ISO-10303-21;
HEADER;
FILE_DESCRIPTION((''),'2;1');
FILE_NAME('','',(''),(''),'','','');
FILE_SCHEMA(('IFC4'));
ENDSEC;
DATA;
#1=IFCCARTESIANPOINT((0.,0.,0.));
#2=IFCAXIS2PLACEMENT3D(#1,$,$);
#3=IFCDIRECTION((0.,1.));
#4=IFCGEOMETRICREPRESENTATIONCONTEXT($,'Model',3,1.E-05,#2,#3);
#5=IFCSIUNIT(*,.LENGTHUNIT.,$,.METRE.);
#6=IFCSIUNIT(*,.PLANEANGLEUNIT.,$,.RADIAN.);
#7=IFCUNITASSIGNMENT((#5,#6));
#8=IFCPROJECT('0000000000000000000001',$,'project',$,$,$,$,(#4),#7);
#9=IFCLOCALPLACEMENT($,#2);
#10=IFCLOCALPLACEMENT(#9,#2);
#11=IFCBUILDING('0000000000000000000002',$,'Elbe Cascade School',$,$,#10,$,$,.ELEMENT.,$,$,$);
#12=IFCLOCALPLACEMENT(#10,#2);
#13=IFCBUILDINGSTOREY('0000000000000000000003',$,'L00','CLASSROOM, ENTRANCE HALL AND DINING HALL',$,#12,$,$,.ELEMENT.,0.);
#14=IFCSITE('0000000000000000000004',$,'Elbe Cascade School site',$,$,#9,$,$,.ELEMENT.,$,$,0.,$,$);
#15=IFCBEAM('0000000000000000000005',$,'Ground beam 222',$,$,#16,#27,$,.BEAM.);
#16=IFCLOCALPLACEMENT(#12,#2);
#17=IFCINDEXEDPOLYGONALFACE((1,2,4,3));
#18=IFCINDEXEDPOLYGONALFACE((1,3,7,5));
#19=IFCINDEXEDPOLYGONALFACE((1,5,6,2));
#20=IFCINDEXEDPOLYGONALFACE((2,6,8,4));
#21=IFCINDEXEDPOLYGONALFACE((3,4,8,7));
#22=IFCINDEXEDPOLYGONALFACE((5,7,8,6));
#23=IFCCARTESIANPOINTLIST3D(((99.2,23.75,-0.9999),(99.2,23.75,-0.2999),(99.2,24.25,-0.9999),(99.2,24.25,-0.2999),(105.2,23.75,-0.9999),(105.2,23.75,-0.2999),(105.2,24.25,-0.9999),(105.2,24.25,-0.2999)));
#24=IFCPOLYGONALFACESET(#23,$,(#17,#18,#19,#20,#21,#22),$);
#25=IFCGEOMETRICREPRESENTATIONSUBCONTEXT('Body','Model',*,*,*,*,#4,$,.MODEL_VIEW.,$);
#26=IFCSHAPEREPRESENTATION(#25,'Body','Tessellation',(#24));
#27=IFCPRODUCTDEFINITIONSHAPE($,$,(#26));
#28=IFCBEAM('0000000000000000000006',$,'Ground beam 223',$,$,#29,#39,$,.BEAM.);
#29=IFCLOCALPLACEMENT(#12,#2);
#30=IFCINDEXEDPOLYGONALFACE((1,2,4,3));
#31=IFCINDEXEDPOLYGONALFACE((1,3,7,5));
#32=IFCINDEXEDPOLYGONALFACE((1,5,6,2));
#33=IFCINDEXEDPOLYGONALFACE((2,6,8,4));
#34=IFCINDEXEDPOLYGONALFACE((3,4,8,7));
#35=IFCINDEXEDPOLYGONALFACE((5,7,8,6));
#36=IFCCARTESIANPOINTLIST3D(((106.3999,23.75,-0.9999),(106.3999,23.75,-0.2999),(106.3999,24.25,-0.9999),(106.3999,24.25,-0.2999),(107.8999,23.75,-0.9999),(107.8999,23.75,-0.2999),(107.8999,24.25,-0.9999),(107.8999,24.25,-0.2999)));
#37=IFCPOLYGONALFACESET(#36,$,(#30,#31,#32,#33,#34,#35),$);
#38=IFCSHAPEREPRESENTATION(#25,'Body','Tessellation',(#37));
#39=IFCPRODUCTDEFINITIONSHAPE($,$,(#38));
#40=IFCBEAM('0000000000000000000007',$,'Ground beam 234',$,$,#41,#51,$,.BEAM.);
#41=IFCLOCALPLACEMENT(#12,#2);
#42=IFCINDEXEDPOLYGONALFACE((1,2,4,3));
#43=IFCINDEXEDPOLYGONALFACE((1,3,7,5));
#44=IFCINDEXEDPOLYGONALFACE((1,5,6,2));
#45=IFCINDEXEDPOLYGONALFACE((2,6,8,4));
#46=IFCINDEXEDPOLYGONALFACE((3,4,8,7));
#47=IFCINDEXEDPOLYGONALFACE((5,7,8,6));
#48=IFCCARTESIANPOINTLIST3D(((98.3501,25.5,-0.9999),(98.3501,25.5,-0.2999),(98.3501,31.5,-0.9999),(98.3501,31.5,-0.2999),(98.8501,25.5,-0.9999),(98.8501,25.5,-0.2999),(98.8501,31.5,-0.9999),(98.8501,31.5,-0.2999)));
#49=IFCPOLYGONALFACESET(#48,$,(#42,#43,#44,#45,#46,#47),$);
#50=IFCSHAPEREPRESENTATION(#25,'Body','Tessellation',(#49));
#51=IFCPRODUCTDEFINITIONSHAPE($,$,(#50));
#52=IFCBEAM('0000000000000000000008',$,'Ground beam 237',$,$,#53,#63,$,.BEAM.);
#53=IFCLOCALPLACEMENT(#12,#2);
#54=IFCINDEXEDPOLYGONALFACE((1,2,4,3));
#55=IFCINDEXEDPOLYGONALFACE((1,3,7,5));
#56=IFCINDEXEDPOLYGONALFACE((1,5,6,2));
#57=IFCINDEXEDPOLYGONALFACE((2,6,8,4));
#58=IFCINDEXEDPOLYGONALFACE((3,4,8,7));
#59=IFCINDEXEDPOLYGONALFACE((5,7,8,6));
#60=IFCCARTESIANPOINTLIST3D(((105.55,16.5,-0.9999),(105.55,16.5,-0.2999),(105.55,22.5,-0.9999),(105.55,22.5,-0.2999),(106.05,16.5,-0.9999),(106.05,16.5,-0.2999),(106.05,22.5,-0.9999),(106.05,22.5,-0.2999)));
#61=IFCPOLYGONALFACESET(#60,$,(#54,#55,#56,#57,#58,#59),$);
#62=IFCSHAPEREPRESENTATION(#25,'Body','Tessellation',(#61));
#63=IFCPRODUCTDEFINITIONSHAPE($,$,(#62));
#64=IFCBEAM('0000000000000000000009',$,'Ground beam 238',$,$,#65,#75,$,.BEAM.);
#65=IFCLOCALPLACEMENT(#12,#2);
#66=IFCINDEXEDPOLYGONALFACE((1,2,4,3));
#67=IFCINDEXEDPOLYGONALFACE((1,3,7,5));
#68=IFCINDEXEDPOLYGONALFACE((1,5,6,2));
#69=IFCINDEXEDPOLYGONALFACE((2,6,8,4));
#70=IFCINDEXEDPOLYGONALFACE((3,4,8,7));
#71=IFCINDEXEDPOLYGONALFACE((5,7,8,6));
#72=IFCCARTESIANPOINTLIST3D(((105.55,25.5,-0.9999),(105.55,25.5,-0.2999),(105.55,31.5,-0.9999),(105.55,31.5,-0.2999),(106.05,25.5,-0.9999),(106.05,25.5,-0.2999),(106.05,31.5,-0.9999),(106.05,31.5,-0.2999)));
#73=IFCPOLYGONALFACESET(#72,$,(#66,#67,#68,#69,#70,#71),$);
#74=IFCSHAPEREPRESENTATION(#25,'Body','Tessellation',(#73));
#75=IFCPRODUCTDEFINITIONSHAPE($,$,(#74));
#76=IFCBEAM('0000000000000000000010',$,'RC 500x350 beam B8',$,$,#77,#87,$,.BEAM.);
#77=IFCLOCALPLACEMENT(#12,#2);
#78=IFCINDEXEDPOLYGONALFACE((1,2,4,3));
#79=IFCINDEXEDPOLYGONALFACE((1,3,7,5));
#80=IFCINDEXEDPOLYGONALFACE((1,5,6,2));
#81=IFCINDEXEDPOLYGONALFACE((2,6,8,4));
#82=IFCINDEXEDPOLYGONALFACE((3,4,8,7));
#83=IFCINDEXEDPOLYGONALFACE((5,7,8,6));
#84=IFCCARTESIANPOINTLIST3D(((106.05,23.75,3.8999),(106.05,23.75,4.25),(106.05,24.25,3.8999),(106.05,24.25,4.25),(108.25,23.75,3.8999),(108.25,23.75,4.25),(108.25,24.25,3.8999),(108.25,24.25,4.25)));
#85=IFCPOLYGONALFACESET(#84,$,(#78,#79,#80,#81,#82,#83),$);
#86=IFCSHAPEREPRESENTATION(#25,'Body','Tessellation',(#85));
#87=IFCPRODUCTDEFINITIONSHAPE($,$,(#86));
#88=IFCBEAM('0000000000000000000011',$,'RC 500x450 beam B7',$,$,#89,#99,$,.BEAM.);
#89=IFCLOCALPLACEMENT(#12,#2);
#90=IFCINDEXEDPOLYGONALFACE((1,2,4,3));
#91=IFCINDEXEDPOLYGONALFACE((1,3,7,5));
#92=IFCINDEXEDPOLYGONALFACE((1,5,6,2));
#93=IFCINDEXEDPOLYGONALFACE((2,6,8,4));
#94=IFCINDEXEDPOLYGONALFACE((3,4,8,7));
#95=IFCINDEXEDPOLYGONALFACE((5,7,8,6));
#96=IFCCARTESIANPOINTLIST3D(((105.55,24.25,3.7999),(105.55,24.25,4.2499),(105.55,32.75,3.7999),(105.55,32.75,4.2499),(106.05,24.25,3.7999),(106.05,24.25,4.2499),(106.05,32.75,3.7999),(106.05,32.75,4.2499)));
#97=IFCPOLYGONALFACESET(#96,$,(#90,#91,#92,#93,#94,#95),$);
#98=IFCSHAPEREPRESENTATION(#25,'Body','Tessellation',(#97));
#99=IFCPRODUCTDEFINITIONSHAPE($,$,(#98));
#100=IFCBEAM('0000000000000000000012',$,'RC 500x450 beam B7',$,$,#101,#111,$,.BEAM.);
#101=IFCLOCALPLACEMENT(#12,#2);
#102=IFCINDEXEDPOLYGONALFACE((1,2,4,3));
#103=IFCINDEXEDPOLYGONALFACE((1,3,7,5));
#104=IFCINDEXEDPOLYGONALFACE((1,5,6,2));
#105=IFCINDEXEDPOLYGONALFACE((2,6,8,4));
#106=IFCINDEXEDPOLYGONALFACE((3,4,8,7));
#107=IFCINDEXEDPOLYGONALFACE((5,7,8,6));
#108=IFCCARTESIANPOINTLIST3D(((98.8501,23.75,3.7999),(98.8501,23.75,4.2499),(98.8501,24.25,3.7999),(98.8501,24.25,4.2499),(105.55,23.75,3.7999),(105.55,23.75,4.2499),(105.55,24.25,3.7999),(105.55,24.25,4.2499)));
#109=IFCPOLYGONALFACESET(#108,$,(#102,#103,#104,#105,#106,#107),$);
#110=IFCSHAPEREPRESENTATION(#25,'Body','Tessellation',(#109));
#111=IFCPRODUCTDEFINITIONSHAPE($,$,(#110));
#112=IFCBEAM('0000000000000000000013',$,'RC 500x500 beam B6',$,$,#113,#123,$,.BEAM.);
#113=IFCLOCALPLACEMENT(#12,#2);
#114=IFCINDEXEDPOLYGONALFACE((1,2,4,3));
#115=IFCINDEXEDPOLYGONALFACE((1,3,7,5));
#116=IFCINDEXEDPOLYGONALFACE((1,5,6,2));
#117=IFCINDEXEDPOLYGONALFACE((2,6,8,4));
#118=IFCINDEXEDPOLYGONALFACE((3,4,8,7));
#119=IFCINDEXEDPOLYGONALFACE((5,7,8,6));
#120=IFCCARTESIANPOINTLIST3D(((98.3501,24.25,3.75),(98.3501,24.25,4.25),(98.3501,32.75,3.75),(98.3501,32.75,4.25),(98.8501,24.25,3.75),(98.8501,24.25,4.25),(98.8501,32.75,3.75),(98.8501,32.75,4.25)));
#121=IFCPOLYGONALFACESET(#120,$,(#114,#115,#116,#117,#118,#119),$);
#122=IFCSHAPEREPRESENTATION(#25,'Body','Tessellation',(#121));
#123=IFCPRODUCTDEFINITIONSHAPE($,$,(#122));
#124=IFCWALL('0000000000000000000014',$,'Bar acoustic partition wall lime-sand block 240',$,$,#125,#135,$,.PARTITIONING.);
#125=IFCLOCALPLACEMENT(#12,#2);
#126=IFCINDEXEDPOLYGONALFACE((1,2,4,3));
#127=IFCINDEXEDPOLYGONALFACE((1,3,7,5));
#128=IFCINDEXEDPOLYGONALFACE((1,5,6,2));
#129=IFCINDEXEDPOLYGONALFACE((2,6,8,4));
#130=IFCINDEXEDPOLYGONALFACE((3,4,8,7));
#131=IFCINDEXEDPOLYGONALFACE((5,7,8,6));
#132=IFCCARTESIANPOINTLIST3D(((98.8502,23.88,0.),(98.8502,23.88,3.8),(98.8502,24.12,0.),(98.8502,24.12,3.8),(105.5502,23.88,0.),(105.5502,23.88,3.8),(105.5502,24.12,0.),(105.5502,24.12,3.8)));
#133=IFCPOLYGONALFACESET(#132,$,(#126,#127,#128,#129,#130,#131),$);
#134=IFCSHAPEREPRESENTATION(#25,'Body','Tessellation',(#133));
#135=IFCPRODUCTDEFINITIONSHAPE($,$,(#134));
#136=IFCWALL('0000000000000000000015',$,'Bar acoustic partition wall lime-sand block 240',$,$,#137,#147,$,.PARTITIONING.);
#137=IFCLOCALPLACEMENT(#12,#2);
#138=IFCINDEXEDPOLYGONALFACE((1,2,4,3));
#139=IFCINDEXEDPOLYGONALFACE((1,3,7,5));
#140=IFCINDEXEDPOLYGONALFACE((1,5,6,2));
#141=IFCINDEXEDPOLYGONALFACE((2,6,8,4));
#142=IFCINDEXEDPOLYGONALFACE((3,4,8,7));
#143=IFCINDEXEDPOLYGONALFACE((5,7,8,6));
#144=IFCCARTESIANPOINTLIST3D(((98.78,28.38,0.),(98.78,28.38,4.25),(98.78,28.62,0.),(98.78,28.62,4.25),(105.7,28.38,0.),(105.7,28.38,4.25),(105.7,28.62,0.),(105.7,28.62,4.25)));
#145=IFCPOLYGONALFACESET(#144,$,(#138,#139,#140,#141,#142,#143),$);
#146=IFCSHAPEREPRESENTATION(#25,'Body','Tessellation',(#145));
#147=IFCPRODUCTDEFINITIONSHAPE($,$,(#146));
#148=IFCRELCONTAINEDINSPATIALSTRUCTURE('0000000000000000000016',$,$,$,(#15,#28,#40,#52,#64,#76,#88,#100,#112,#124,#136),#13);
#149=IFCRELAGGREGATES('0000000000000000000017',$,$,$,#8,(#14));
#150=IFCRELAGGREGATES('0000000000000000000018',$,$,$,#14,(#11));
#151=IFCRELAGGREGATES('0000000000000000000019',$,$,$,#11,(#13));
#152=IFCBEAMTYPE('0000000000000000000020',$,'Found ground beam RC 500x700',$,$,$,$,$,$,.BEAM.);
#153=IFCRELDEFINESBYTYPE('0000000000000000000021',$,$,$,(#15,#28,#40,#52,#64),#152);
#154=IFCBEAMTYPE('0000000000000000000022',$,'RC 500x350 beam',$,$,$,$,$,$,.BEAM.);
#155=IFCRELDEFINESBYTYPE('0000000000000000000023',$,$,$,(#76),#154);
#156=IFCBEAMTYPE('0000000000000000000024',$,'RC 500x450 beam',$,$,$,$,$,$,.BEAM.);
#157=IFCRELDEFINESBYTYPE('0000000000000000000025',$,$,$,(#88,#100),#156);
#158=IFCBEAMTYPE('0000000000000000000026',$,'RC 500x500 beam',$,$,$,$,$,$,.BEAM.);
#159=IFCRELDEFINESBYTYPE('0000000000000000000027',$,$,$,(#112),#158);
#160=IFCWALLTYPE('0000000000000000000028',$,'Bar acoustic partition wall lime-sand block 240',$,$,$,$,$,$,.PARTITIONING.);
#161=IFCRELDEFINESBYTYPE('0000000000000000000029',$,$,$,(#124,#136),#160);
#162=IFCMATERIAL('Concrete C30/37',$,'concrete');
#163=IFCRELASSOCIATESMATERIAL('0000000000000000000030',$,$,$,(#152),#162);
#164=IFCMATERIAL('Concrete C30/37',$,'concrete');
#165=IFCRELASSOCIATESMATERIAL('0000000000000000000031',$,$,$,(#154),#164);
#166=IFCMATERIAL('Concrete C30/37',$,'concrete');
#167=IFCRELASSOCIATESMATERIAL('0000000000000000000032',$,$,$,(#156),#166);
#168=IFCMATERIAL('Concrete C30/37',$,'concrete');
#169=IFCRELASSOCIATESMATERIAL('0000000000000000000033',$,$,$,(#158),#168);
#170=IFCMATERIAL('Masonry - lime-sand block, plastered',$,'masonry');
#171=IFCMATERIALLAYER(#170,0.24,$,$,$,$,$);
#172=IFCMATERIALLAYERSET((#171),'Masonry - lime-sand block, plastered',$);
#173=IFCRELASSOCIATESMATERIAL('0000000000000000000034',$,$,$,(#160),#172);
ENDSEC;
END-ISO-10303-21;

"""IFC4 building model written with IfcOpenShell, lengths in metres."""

from ifc_helpers import new_model, si_unit, direction, frame, frame_2d, origin, origin_2d, place, context, subcontext, project, spatial, rectangle, extrude, material, layer, layer_set, material_profile, profile_set, type_object, element, save


model = new_model("IFC4")

# Units and contexts
model_context = context("Model", 3, precision=1e-05, world=origin(), true_north=direction((0.0, 1.0)))
body_context = subcontext(model_context, "Body", "Model", "MODEL_VIEW")
ifc_project = project(units=[si_unit("LENGTHUNIT", "METRE"), si_unit("PLANEANGLEUNIT", "RADIAN")], contexts=[model_context])

# Site, building, storey
site_placement = place(None, origin())
site = spatial("IfcSite", under=ifc_project, at=site_placement, Name="Elbe Cascade School site", CompositionType="ELEMENT", RefElevation=0.0)
building_placement = place(site_placement, origin())
building = spatial("IfcBuilding", under=site, at=building_placement, Name="Elbe Cascade School", CompositionType="ELEMENT")
storey_placement = place(building_placement, origin())
storey = spatial("IfcBuildingStorey", under=building, at=storey_placement, Name="L00", Description="CLASSROOM, ENTRANCE HALL AND DINING HALL", CompositionType="ELEMENT", Elevation=0.0)

# Beams
ifc_material_1 = material(Name="Concrete C30/37", Category="concrete")
ifc_material_profile_1 = material_profile(ifc_material_1, rectangle(XDim=0.5, YDim=0.7, at=origin_2d()), Name="RC 500x700")
ifc_profile_set_1 = profile_set([ifc_material_profile_1], Name="Concrete C30/37")
beam_type_1 = type_object("IfcBeamType", Name="Found ground beam RC 500x700", PredefinedType="BEAM", material=ifc_profile_set_1)
beam_1_placement = place(storey_placement, frame((99.2, 24.0, -0.6499), z_axis=(1.0, 0.0, 0.0), x_axis=(0.0, 1.0, 0.0)))
element("IfcBeam", 1, at=beam_1_placement, inside=storey, type_object=beam_type_1, Name="Ground beam 222", PredefinedType="BEAM", context=body_context, shape_type="SweptSolid", body=[
    extrude(rectangle(XDim=0.5, YDim=0.7, at=origin_2d()), origin(), (0.0, 0.0, 1.0), 6.0),
])
beam_2_placement = place(storey_placement, frame((106.3999, 24.0, -0.6499), z_axis=(1.0, 0.0, 0.0), x_axis=(0.0, 1.0, 0.0)))
element("IfcBeam", 2, at=beam_2_placement, inside=storey, type_object=beam_type_1, Name="Ground beam 223", PredefinedType="BEAM", context=body_context, shape_type="SweptSolid", body=[
    extrude(rectangle(XDim=0.5, YDim=0.7, at=origin_2d()), origin(), (0.0, 0.0, 1.0), 1.5),
])
for number, where, z_axis, x_axis, name in (
    (3, (98.6001, 25.5, -0.6499), (0.0, 1.0, 0.0), (-1.0, 0.0, 0.0), "Ground beam 234"),
    (4, (105.8, 16.5, -0.6499), (0.0, 1.0, 0.0), (-1.0, 0.0, 0.0), "Ground beam 237"),
    (5, (105.8, 25.5, -0.6499), (0.0, 1.0, 0.0), (-1.0, 0.0, 0.0), "Ground beam 238"),
):
    element("IfcBeam", number, at=place(storey_placement, frame(where, z_axis=z_axis, x_axis=x_axis)), inside=storey, type_object=beam_type_1, Name=name, PredefinedType="BEAM", context=body_context, shape_type="SweptSolid", body=[
        extrude(rectangle(XDim=0.5, YDim=0.7, at=origin_2d()), origin(), (0.0, 0.0, 1.0), 6.0),
    ])
ifc_material_2 = material(Name="Concrete C30/37", Category="concrete")
ifc_material_profile_2 = material_profile(ifc_material_2, rectangle(XDim=0.5, YDim=0.3501, at=origin_2d()), Name="RC 500x350")
ifc_profile_set_2 = profile_set([ifc_material_profile_2], Name="Concrete C30/37")
beam_type_2 = type_object("IfcBeamType", Name="RC 500x350 beam", PredefinedType="BEAM", material=ifc_profile_set_2)
beam_3_placement = place(storey_placement, frame((106.05, 24.0, 4.075), z_axis=(1.0, 0.0, 0.0), x_axis=(0.0, 1.0, 0.0)))
element("IfcBeam", 6, at=beam_3_placement, inside=storey, type_object=beam_type_2, Name="RC 500x350 beam B8", PredefinedType="BEAM", context=body_context, shape_type="SweptSolid", body=[
    extrude(rectangle(XDim=0.5, YDim=0.3501, at=origin_2d()), origin(), (0.0, 0.0, 1.0), 2.2),
])
ifc_material_3 = material(Name="Concrete C30/37", Category="concrete")
ifc_material_profile_3 = material_profile(ifc_material_3, rectangle(XDim=0.5, YDim=0.45, at=origin_2d()), Name="RC 500x450")
ifc_profile_set_3 = profile_set([ifc_material_profile_3], Name="Concrete C30/37")
beam_type_3 = type_object("IfcBeamType", Name="RC 500x450 beam", PredefinedType="BEAM", material=ifc_profile_set_3)
beam_4_placement = place(storey_placement, frame((105.8, 24.25, 4.0249), z_axis=(0.0, 1.0, 0.0), x_axis=(-1.0, 0.0, 0.0)))
element("IfcBeam", 7, at=beam_4_placement, inside=storey, type_object=beam_type_3, Name="RC 500x450 beam B7", PredefinedType="BEAM", context=body_context, shape_type="SweptSolid", body=[
    extrude(rectangle(XDim=0.5, YDim=0.45, at=origin_2d()), origin(), (0.0, 0.0, 1.0), 8.5),
])
beam_5_placement = place(storey_placement, frame((98.8501, 24.0, 4.0249), z_axis=(1.0, 0.0, 0.0), x_axis=(0.0, 1.0, 0.0)))
element("IfcBeam", 8, at=beam_5_placement, inside=storey, type_object=beam_type_3, Name="RC 500x450 beam B7", PredefinedType="BEAM", context=body_context, shape_type="SweptSolid", body=[
    extrude(rectangle(XDim=0.5, YDim=0.45, at=origin_2d()), origin(), (0.0, 0.0, 1.0), 6.7),
])
ifc_material_4 = material(Name="Concrete C30/37", Category="concrete")
ifc_material_profile_4 = material_profile(ifc_material_4, rectangle(XDim=0.5, YDim=0.5, at=origin_2d()), Name="RC 500x500")
ifc_profile_set_4 = profile_set([ifc_material_profile_4], Name="Concrete C30/37")
beam_type_4 = type_object("IfcBeamType", Name="RC 500x500 beam", PredefinedType="BEAM", material=ifc_profile_set_4)
beam_6_placement = place(storey_placement, frame((98.6001, 24.25, 4.0), z_axis=(0.0, 1.0, 0.0), x_axis=(-1.0, 0.0, 0.0)))
element("IfcBeam", 9, at=beam_6_placement, inside=storey, type_object=beam_type_4, Name="RC 500x500 beam B6", PredefinedType="BEAM", context=body_context, shape_type="SweptSolid", body=[
    extrude(rectangle(XDim=0.5, YDim=0.5, at=origin_2d()), origin(), (0.0, 0.0, 1.0), 8.5),
])

# Walls
ifc_material_5 = material(Name="Masonry - lime-sand block, plastered", Category="masonry")
ifc_layer_1 = layer(ifc_material_5, 0.24)
ifc_layer_set_1 = layer_set([ifc_layer_1], Name="Masonry - lime-sand block, plastered")
wall_type_1 = type_object("IfcWallType", Name="Bar acoustic partition wall lime-sand block 240", PredefinedType="PARTITIONING", material=ifc_layer_set_1)
wall_1_placement = place(storey_placement, frame((98.8501, 24.0, 0.0), z_axis=(0.0, 0.0, 1.0), x_axis=(1.0, 0.0, 0.0)))
element("IfcWall", 10, at=wall_1_placement, inside=storey, type_object=wall_type_1, Name="Bar acoustic partition wall lime-sand block 240", PredefinedType="PARTITIONING", context=body_context, shape_type="SweptSolid", body=[
    extrude(rectangle(XDim=6.7, YDim=0.24, at=frame_2d((3.3501, 0.0))), origin(), (0.0, 0.0, 1.0), 3.8),
])
wall_2_placement = place(storey_placement, frame((98.78, 28.5, 0.0), z_axis=(0.0, 0.0, 1.0), x_axis=(1.0, 0.0, 0.0)))
element("IfcWall", 11, at=wall_2_placement, inside=storey, type_object=wall_type_1, Name="Bar acoustic partition wall lime-sand block 240", PredefinedType="PARTITIONING", context=body_context, shape_type="SweptSolid", body=[
    extrude(rectangle(XDim=6.9199, YDim=0.24, at=frame_2d((3.46, 0.0))), origin(), (0.0, 0.0, 1.0), 4.25),
])

save(model, "model.ifc")
